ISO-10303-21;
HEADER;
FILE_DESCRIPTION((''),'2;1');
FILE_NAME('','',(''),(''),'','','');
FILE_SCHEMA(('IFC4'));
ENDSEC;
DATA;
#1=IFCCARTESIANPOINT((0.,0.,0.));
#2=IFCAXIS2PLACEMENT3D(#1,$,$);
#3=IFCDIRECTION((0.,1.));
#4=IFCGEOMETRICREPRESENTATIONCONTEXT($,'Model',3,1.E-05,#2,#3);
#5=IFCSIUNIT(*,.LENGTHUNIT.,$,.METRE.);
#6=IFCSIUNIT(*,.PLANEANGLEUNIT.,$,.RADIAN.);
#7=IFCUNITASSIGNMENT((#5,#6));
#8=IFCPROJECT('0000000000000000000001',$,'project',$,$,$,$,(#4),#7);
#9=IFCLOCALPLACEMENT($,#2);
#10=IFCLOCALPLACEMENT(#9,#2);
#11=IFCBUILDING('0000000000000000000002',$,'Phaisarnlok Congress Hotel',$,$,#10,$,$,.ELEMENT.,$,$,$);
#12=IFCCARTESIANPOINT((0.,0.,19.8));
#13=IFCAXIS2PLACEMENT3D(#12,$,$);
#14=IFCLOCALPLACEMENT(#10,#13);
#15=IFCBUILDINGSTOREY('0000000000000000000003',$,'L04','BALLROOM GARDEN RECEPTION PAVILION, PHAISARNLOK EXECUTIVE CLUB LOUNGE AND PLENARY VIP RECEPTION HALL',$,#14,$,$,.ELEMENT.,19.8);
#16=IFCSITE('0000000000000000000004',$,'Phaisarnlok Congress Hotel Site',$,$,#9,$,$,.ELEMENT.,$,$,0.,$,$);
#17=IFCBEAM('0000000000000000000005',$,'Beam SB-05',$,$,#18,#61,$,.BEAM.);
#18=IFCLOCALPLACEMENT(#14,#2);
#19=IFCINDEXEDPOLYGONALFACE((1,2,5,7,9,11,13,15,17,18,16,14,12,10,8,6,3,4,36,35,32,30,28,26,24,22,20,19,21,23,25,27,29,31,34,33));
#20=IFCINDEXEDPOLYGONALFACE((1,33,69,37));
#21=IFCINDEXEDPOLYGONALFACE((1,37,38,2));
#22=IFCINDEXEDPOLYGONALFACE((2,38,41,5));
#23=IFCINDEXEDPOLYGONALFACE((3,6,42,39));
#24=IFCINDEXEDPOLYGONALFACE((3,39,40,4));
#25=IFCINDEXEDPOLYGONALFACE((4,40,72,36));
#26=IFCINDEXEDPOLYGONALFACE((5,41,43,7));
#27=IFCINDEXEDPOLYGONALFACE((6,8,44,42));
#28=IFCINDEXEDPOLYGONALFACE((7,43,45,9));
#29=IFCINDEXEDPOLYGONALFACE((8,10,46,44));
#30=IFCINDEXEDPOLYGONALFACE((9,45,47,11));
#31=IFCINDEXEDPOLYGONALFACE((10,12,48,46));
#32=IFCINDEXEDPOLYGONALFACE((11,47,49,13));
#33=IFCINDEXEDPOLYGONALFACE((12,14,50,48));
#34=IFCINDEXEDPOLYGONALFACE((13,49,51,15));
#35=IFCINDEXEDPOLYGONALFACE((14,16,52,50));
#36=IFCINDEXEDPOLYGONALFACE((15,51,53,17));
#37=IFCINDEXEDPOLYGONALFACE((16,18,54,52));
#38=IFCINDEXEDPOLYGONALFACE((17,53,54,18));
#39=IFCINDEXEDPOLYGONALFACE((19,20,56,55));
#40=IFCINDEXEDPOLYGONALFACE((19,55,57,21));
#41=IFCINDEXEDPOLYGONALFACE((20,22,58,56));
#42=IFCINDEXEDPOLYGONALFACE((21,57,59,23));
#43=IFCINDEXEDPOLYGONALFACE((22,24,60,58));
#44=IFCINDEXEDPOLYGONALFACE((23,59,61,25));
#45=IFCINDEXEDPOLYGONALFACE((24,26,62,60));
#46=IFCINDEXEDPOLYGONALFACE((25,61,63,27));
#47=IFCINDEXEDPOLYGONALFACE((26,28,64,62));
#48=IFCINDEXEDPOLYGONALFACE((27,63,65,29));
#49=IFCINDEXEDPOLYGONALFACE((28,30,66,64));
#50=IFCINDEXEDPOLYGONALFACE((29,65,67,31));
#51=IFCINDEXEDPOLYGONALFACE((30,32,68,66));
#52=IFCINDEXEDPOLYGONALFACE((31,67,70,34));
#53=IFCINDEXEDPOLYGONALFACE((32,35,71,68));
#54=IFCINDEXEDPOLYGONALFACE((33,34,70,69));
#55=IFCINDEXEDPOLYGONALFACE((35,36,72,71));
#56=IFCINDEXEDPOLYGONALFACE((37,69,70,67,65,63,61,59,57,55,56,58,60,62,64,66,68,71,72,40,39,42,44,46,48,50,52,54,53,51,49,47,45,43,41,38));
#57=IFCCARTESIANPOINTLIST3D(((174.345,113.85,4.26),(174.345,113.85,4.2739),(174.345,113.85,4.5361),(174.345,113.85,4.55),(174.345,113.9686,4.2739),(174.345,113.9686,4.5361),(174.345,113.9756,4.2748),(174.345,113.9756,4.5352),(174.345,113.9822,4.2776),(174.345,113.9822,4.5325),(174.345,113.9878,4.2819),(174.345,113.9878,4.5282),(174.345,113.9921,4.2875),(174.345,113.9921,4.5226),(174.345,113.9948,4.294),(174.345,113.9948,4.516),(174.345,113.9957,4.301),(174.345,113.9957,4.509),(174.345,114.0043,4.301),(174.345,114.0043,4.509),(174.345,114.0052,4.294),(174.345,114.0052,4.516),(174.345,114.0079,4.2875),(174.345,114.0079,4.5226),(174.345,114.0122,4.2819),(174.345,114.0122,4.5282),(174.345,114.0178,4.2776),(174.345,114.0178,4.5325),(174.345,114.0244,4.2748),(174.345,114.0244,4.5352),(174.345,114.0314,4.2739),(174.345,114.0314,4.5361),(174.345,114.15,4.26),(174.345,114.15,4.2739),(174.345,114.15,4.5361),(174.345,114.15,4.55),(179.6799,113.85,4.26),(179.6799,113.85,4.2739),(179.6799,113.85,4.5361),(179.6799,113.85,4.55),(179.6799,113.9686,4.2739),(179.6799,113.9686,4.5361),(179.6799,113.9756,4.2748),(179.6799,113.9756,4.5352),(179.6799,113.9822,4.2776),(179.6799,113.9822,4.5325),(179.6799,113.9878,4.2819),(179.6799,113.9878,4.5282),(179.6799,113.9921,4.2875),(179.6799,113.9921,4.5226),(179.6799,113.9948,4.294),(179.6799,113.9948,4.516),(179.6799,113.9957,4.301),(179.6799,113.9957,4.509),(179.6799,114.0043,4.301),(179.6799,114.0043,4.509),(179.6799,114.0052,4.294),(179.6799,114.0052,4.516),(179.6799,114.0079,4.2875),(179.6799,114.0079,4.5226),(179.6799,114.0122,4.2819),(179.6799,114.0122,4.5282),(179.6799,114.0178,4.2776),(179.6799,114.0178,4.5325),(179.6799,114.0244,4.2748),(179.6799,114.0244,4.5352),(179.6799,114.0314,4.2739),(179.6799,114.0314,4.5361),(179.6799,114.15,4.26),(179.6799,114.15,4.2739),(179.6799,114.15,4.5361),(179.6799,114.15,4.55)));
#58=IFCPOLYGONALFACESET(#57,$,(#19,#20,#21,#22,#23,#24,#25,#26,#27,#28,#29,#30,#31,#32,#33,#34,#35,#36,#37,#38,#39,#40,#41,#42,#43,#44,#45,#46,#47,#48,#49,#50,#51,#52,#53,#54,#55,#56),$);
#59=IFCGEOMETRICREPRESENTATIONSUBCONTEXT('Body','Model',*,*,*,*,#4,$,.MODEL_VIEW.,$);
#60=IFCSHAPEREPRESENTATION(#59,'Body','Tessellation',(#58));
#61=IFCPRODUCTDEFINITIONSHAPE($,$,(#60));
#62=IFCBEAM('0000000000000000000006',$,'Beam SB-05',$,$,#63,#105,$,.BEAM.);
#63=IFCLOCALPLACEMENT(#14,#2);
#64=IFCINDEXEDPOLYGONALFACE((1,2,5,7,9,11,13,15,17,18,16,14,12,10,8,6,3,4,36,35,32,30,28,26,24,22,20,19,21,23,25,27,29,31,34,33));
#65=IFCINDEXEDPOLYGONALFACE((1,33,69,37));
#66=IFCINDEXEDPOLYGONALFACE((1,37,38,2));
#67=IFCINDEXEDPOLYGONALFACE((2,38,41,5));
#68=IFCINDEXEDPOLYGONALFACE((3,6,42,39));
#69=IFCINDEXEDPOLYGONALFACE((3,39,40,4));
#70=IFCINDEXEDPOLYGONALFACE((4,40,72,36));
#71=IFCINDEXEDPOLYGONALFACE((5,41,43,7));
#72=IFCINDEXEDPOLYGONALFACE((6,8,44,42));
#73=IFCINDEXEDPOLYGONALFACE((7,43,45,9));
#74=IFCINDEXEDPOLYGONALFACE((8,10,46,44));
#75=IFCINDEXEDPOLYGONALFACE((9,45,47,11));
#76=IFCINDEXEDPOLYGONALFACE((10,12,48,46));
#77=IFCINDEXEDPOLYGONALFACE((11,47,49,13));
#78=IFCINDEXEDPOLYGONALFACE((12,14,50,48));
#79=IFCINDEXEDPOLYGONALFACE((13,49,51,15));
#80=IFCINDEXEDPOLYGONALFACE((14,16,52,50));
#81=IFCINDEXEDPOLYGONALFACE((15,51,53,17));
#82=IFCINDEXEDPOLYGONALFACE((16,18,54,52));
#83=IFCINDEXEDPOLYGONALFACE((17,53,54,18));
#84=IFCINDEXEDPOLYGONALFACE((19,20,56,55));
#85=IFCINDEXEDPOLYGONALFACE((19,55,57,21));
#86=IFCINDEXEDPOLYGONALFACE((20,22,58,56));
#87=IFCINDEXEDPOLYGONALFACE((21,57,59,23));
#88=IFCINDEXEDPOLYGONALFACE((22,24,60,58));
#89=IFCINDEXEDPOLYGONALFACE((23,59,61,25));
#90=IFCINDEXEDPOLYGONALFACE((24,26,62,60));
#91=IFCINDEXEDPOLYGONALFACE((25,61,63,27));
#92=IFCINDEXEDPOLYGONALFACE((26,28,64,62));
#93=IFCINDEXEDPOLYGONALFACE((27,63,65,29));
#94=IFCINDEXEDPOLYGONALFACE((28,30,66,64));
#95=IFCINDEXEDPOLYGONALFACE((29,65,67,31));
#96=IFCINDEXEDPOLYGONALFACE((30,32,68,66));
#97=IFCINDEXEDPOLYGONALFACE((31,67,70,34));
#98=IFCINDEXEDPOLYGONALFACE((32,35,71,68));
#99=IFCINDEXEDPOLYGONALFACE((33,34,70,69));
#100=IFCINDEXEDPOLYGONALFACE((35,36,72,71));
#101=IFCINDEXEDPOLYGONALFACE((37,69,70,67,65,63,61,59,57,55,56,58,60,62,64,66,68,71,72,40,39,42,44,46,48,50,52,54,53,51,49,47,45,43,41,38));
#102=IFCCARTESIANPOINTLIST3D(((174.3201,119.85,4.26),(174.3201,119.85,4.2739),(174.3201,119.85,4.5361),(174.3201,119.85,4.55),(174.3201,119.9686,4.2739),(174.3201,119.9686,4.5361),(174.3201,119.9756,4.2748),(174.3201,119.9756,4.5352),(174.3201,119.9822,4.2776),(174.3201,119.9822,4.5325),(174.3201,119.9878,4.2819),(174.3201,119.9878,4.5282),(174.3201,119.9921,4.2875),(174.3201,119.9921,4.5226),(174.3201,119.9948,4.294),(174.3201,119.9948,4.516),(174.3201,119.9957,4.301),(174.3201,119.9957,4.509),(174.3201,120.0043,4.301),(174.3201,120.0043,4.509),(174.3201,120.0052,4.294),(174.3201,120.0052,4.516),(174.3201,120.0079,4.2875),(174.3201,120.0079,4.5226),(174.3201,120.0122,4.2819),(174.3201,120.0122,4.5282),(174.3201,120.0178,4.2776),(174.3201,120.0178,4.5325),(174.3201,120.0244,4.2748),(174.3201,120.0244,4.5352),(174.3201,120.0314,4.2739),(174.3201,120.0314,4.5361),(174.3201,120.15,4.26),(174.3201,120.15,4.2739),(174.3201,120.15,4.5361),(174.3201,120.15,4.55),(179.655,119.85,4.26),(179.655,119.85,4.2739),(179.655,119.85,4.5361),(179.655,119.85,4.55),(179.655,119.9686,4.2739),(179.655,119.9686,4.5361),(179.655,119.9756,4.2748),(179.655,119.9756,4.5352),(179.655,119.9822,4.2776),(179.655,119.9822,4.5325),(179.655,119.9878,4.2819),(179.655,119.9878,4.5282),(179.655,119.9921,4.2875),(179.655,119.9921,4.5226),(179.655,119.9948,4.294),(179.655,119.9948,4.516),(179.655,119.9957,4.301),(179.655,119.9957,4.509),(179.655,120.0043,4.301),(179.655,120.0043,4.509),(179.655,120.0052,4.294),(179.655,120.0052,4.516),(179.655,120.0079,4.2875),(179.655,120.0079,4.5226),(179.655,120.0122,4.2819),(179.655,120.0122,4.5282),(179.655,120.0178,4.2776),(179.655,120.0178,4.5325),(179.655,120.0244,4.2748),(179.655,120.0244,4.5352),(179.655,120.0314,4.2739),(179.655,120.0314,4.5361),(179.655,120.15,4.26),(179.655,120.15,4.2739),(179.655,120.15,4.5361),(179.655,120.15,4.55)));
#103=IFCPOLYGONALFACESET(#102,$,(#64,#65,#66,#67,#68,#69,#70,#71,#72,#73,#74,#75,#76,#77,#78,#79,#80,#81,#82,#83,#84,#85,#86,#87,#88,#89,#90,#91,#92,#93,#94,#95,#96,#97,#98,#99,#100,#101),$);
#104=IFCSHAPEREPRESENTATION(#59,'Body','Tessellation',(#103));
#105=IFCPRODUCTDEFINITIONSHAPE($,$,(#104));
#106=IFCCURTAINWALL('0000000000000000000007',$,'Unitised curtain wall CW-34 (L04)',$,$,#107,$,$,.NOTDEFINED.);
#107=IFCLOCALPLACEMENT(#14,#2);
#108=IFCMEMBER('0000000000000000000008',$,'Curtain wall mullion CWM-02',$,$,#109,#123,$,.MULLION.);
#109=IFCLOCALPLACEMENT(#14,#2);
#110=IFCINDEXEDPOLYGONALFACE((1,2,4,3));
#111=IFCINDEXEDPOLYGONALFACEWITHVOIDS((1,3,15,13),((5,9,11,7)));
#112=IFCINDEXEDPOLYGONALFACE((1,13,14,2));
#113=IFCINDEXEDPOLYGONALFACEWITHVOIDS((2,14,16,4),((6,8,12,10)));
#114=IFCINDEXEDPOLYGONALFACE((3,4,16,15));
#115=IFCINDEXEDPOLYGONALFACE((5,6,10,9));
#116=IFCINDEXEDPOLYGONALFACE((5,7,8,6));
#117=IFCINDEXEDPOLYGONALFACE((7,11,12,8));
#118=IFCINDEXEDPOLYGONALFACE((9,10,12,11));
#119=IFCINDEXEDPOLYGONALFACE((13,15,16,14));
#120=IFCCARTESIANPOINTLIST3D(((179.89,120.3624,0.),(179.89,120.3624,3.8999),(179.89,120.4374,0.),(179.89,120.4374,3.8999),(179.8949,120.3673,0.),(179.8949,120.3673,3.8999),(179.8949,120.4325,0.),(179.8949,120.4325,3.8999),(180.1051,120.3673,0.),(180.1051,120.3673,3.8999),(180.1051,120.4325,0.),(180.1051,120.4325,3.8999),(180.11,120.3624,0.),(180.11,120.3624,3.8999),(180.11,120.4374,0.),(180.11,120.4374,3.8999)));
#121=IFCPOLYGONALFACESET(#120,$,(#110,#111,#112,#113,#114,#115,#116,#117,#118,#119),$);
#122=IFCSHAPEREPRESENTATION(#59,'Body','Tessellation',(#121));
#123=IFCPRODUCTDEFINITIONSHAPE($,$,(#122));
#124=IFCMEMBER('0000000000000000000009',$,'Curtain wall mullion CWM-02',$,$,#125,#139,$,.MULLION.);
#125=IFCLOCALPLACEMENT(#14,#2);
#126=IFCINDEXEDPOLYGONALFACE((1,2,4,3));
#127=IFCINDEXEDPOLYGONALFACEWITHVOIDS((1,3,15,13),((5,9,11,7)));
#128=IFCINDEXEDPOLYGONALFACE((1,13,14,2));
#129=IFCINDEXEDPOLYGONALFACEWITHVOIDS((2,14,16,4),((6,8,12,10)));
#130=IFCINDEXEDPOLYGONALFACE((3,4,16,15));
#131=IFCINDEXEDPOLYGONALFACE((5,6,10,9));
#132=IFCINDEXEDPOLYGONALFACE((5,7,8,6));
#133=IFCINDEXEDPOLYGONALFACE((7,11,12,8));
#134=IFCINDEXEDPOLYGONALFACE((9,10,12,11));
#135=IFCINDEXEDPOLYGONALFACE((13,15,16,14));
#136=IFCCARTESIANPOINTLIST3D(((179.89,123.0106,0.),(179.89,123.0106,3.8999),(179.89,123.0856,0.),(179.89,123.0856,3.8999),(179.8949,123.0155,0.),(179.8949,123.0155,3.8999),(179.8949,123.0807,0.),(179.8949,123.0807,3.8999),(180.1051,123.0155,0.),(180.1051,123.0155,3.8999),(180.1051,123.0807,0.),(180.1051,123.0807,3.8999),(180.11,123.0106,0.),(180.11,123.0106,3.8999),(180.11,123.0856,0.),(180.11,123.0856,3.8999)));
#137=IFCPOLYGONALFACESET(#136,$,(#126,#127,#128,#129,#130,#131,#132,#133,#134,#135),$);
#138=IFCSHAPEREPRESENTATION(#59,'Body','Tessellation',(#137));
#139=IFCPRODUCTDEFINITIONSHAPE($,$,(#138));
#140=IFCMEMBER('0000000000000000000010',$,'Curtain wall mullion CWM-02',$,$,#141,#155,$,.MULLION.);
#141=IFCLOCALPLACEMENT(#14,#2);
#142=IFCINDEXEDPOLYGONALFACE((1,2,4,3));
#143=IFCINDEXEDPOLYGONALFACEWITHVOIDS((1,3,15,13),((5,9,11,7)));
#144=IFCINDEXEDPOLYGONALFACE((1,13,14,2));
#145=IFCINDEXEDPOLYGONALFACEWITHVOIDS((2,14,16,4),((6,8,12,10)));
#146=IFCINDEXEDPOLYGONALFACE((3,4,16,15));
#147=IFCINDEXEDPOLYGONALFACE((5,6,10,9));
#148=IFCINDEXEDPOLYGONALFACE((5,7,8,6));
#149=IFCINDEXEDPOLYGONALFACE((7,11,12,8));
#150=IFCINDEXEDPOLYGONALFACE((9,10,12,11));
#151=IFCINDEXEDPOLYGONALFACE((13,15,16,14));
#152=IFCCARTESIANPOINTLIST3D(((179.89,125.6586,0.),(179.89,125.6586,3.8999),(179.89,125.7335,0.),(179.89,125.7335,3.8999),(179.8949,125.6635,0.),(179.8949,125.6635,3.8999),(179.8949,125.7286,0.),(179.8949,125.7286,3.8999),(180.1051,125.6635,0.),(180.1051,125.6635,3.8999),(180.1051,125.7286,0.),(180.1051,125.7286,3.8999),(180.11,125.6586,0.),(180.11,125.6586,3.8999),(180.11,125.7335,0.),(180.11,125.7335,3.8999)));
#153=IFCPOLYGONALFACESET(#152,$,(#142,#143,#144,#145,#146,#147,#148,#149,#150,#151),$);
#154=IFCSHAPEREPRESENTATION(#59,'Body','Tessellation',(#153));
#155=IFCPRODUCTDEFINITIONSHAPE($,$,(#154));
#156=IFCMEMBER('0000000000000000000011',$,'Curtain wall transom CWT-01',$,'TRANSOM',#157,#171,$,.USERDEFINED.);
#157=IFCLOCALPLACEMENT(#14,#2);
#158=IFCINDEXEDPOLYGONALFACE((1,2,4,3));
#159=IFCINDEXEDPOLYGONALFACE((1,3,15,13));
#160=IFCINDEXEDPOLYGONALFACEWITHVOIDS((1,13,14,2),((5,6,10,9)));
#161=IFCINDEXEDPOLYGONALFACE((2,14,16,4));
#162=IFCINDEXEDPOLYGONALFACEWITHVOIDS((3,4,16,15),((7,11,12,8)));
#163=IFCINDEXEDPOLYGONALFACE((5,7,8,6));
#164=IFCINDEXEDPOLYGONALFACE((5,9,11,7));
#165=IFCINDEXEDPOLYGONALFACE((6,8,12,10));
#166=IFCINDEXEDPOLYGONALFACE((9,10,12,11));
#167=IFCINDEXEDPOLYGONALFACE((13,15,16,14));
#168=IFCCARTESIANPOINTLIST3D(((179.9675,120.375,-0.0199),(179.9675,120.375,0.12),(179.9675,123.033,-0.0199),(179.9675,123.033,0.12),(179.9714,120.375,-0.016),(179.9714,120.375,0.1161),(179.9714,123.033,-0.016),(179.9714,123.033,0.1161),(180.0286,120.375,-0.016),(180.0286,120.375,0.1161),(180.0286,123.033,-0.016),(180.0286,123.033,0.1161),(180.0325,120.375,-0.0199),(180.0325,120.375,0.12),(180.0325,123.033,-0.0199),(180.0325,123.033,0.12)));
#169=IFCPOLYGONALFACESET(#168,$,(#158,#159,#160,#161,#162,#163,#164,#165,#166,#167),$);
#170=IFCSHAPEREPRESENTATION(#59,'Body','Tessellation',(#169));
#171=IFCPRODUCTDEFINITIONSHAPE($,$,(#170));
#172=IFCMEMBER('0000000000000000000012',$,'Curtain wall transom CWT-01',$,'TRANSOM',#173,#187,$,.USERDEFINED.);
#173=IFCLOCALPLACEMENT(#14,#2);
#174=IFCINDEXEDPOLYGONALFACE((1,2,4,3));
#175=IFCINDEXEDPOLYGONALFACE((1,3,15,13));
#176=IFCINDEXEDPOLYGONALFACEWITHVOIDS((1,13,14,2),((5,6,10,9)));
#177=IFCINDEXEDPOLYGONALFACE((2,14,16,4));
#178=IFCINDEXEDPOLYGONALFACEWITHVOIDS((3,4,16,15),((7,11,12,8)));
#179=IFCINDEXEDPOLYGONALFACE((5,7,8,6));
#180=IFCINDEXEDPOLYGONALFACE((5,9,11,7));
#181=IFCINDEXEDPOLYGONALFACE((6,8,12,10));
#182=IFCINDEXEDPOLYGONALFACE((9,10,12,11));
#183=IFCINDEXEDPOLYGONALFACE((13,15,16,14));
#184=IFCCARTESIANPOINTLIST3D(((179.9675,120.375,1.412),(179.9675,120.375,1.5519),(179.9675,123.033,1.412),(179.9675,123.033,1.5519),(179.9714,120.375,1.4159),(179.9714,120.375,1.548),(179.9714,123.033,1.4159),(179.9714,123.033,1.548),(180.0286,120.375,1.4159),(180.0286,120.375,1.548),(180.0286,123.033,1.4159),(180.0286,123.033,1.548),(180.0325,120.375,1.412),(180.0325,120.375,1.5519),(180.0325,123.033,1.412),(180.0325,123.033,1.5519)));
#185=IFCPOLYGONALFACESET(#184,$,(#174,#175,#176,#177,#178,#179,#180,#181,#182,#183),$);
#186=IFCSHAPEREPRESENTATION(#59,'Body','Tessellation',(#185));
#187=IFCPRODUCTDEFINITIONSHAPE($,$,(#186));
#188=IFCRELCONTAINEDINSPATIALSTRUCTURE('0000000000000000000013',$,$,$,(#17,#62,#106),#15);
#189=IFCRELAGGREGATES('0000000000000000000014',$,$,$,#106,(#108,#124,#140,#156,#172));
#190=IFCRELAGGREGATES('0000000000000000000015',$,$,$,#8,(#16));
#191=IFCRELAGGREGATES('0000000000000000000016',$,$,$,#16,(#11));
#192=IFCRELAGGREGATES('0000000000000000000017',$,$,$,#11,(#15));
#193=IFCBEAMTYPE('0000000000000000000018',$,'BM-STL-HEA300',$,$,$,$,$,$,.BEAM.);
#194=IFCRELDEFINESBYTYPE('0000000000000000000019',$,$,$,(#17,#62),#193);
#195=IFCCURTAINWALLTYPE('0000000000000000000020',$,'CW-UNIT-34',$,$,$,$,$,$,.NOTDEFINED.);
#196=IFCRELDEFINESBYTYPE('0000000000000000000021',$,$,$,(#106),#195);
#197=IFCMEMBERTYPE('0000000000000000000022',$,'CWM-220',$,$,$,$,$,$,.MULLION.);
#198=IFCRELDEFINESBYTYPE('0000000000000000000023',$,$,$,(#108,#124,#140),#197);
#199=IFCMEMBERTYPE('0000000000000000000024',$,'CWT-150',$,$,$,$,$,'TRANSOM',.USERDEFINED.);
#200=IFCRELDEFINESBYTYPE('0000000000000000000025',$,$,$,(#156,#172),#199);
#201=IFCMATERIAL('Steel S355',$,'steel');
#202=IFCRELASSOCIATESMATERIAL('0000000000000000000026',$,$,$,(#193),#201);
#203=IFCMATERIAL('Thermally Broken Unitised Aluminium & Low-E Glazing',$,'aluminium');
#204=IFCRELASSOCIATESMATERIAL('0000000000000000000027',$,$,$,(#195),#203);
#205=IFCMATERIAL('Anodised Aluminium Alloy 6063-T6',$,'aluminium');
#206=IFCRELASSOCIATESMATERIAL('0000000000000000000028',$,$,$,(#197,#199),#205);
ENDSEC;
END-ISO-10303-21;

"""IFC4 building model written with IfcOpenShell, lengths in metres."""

from ifc_helpers import new_model, si_unit, direction, frame, origin, origin_2d, place, context, subcontext, project, spatial, hollow_rectangle, i_section, extrude, material, material_profile, profile_set, type_object, element, aggregate, save


model = new_model("IFC4")

# Units and contexts
model_context = context("Model", 3, precision=1e-05, world=origin(), true_north=direction((0.0, 1.0)))
body_context = subcontext(model_context, "Body", "Model", "MODEL_VIEW")
ifc_project = project(units=[si_unit("LENGTHUNIT", "METRE"), si_unit("PLANEANGLEUNIT", "RADIAN")], contexts=[model_context])

# Site, building, storey
site_placement = place(None, origin())
site = spatial("IfcSite", under=ifc_project, at=site_placement, Name="Phaisarnlok Congress Hotel Site", CompositionType="ELEMENT", RefElevation=0.0)
building_placement = place(site_placement, origin())
building = spatial("IfcBuilding", under=site, at=building_placement, Name="Phaisarnlok Congress Hotel", CompositionType="ELEMENT")
storey_placement = place(building_placement, frame((0.0, 0.0, 19.8)))
storey = spatial("IfcBuildingStorey", under=building, at=storey_placement, Name="L04", Description="BALLROOM GARDEN RECEPTION PAVILION, PHAISARNLOK EXECUTIVE CLUB LOUNGE AND PLENARY VIP RECEPTION HALL", CompositionType="ELEMENT", Elevation=19.8)

# Shared definitions
ifc_material_1 = material(Name="Steel S355", Category="steel")

# Beams
ifc_material_profile_1 = material_profile(ifc_material_1, i_section(OverallWidth=0.3, OverallDepth=0.29, WebThickness=0.0085, FlangeThickness=0.0139, FilletRadius=0.0271, at=origin_2d()), Name="HEA 300")
ifc_profile_set_1 = profile_set([ifc_material_profile_1], Name="Steel S355")
beam_type_1 = type_object("IfcBeamType", Name="BM-STL-HEA300", PredefinedType="BEAM", material=ifc_profile_set_1)
for number, where, z_axis, x_axis, name in (
    (1, (174.345, 114.0, 4.405), (1.0, 0.0, 0.0), (0.0, 1.0, 0.0), "Beam SB-05"),
    (2, (174.3201, 120.0, 4.405), (1.0, 0.0, 0.0), (0.0, 1.0, 0.0), "Beam SB-05"),
):
    element("IfcBeam", number, at=place(storey_placement, frame(where, z_axis=z_axis, x_axis=x_axis)), inside=storey, type_object=beam_type_1, Name=name, PredefinedType="BEAM", context=body_context, shape_type="SweptSolid", body=[
        extrude(i_section(OverallWidth=0.3, OverallDepth=0.29, WebThickness=0.0085, FlangeThickness=0.0139, FilletRadius=0.0271, at=origin_2d()), origin(), (0.0, 0.0, 1.0), 5.335),
    ])

# Curtain wall, members
ifc_material_2 = material(Name="Thermally Broken Unitised Aluminium & Low-E Glazing", Category="aluminium")
curtain_wall_type = type_object("IfcCurtainWallType", Name="CW-UNIT-34", PredefinedType="NOTDEFINED", material=ifc_material_2)
curtain_wall_placement = place(storey_placement, origin())
curtain_wall = element("IfcCurtainWall", 3, at=curtain_wall_placement, inside=storey, type_object=curtain_wall_type, Name="Unitised curtain wall CW-34 (L04)", PredefinedType="NOTDEFINED")
ifc_material_3 = material(Name="Anodised Aluminium Alloy 6063-T6", Category="aluminium")
ifc_material_profile_2 = material_profile(ifc_material_3, hollow_rectangle(XDim=0.075, YDim=0.22, WallThickness=0.0049, at=origin_2d()), Name="ALU-M 75x220x5")
ifc_profile_set_2 = profile_set([ifc_material_profile_2], Name="Anodised Aluminium Alloy 6063-T6")
member_type_1 = type_object("IfcMemberType", Name="CWM-220", PredefinedType="MULLION", material=ifc_profile_set_2)
member_1_placement = place(storey_placement, frame((180.0, 120.3999, 0.0), z_axis=(0.0, 0.0, 1.0), x_axis=(0.0, 1.0, 0.0)))
member_1 = element("IfcMember", 4, at=member_1_placement, type_object=member_type_1, Name="Curtain wall mullion CWM-02", PredefinedType="MULLION", context=body_context, shape_type="SweptSolid", body=[
    extrude(hollow_rectangle(XDim=0.075, YDim=0.22, WallThickness=0.0049, at=origin_2d()), origin(), (0.0, 0.0, 1.0), 3.8999),
])
member_2_placement = place(storey_placement, frame((180.0, 123.0481, 0.0), z_axis=(0.0, 0.0, 1.0), x_axis=(0.0, 1.0, 0.0)))
member_2 = element("IfcMember", 5, at=member_2_placement, type_object=member_type_1, Name="Curtain wall mullion CWM-02", PredefinedType="MULLION", context=body_context, shape_type="SweptSolid", body=[
    extrude(hollow_rectangle(XDim=0.075, YDim=0.22, WallThickness=0.0049, at=origin_2d()), origin(), (0.0, 0.0, 1.0), 3.8999),
])
member_3_placement = place(storey_placement, frame((180.0, 125.696, 0.0), z_axis=(0.0, 0.0, 1.0), x_axis=(0.0, 1.0, 0.0)))
member_3 = element("IfcMember", 6, at=member_3_placement, type_object=member_type_1, Name="Curtain wall mullion CWM-02", PredefinedType="MULLION", context=body_context, shape_type="SweptSolid", body=[
    extrude(hollow_rectangle(XDim=0.075, YDim=0.22, WallThickness=0.0049, at=origin_2d()), origin(), (0.0, 0.0, 1.0), 3.8999),
])
ifc_material_profile_3 = material_profile(ifc_material_3, hollow_rectangle(XDim=0.0649, YDim=0.1399, WallThickness=0.0039, at=origin_2d()), Name="ALU-T 65x140x4")
ifc_profile_set_3 = profile_set([ifc_material_profile_3], Name="Anodised Aluminium Alloy 6063-T6")
member_type_2 = type_object("IfcMemberType", Name="CWT-150", ElementType="TRANSOM", PredefinedType="USERDEFINED", material=ifc_profile_set_3)
member_4_placement = place(storey_placement, frame((180.0, 120.375, 0.05), z_axis=(0.0, 1.0, 0.0), x_axis=(-1.0, 0.0, 0.0)))
member_4 = element("IfcMember", 7, at=member_4_placement, type_object=member_type_2, Name="Curtain wall transom CWT-01", ObjectType="TRANSOM", PredefinedType="USERDEFINED", context=body_context, shape_type="SweptSolid", body=[
    extrude(hollow_rectangle(XDim=0.0649, YDim=0.1399, WallThickness=0.0039, at=origin_2d()), origin(), (0.0, 0.0, 1.0), 2.658),
])
member_5_placement = place(storey_placement, frame((180.0, 120.375, 1.4819), z_axis=(0.0, 1.0, 0.0), x_axis=(-1.0, 0.0, 0.0)))
member_5 = element("IfcMember", 8, at=member_5_placement, type_object=member_type_2, Name="Curtain wall transom CWT-01", ObjectType="TRANSOM", PredefinedType="USERDEFINED", context=body_context, shape_type="SweptSolid", body=[
    extrude(hollow_rectangle(XDim=0.0649, YDim=0.1399, WallThickness=0.0039, at=origin_2d()), origin(), (0.0, 0.0, 1.0), 2.658),
])

aggregate(curtain_wall, [member_1, member_2, member_3, member_4, member_5])

save(model, "model.ifc")
